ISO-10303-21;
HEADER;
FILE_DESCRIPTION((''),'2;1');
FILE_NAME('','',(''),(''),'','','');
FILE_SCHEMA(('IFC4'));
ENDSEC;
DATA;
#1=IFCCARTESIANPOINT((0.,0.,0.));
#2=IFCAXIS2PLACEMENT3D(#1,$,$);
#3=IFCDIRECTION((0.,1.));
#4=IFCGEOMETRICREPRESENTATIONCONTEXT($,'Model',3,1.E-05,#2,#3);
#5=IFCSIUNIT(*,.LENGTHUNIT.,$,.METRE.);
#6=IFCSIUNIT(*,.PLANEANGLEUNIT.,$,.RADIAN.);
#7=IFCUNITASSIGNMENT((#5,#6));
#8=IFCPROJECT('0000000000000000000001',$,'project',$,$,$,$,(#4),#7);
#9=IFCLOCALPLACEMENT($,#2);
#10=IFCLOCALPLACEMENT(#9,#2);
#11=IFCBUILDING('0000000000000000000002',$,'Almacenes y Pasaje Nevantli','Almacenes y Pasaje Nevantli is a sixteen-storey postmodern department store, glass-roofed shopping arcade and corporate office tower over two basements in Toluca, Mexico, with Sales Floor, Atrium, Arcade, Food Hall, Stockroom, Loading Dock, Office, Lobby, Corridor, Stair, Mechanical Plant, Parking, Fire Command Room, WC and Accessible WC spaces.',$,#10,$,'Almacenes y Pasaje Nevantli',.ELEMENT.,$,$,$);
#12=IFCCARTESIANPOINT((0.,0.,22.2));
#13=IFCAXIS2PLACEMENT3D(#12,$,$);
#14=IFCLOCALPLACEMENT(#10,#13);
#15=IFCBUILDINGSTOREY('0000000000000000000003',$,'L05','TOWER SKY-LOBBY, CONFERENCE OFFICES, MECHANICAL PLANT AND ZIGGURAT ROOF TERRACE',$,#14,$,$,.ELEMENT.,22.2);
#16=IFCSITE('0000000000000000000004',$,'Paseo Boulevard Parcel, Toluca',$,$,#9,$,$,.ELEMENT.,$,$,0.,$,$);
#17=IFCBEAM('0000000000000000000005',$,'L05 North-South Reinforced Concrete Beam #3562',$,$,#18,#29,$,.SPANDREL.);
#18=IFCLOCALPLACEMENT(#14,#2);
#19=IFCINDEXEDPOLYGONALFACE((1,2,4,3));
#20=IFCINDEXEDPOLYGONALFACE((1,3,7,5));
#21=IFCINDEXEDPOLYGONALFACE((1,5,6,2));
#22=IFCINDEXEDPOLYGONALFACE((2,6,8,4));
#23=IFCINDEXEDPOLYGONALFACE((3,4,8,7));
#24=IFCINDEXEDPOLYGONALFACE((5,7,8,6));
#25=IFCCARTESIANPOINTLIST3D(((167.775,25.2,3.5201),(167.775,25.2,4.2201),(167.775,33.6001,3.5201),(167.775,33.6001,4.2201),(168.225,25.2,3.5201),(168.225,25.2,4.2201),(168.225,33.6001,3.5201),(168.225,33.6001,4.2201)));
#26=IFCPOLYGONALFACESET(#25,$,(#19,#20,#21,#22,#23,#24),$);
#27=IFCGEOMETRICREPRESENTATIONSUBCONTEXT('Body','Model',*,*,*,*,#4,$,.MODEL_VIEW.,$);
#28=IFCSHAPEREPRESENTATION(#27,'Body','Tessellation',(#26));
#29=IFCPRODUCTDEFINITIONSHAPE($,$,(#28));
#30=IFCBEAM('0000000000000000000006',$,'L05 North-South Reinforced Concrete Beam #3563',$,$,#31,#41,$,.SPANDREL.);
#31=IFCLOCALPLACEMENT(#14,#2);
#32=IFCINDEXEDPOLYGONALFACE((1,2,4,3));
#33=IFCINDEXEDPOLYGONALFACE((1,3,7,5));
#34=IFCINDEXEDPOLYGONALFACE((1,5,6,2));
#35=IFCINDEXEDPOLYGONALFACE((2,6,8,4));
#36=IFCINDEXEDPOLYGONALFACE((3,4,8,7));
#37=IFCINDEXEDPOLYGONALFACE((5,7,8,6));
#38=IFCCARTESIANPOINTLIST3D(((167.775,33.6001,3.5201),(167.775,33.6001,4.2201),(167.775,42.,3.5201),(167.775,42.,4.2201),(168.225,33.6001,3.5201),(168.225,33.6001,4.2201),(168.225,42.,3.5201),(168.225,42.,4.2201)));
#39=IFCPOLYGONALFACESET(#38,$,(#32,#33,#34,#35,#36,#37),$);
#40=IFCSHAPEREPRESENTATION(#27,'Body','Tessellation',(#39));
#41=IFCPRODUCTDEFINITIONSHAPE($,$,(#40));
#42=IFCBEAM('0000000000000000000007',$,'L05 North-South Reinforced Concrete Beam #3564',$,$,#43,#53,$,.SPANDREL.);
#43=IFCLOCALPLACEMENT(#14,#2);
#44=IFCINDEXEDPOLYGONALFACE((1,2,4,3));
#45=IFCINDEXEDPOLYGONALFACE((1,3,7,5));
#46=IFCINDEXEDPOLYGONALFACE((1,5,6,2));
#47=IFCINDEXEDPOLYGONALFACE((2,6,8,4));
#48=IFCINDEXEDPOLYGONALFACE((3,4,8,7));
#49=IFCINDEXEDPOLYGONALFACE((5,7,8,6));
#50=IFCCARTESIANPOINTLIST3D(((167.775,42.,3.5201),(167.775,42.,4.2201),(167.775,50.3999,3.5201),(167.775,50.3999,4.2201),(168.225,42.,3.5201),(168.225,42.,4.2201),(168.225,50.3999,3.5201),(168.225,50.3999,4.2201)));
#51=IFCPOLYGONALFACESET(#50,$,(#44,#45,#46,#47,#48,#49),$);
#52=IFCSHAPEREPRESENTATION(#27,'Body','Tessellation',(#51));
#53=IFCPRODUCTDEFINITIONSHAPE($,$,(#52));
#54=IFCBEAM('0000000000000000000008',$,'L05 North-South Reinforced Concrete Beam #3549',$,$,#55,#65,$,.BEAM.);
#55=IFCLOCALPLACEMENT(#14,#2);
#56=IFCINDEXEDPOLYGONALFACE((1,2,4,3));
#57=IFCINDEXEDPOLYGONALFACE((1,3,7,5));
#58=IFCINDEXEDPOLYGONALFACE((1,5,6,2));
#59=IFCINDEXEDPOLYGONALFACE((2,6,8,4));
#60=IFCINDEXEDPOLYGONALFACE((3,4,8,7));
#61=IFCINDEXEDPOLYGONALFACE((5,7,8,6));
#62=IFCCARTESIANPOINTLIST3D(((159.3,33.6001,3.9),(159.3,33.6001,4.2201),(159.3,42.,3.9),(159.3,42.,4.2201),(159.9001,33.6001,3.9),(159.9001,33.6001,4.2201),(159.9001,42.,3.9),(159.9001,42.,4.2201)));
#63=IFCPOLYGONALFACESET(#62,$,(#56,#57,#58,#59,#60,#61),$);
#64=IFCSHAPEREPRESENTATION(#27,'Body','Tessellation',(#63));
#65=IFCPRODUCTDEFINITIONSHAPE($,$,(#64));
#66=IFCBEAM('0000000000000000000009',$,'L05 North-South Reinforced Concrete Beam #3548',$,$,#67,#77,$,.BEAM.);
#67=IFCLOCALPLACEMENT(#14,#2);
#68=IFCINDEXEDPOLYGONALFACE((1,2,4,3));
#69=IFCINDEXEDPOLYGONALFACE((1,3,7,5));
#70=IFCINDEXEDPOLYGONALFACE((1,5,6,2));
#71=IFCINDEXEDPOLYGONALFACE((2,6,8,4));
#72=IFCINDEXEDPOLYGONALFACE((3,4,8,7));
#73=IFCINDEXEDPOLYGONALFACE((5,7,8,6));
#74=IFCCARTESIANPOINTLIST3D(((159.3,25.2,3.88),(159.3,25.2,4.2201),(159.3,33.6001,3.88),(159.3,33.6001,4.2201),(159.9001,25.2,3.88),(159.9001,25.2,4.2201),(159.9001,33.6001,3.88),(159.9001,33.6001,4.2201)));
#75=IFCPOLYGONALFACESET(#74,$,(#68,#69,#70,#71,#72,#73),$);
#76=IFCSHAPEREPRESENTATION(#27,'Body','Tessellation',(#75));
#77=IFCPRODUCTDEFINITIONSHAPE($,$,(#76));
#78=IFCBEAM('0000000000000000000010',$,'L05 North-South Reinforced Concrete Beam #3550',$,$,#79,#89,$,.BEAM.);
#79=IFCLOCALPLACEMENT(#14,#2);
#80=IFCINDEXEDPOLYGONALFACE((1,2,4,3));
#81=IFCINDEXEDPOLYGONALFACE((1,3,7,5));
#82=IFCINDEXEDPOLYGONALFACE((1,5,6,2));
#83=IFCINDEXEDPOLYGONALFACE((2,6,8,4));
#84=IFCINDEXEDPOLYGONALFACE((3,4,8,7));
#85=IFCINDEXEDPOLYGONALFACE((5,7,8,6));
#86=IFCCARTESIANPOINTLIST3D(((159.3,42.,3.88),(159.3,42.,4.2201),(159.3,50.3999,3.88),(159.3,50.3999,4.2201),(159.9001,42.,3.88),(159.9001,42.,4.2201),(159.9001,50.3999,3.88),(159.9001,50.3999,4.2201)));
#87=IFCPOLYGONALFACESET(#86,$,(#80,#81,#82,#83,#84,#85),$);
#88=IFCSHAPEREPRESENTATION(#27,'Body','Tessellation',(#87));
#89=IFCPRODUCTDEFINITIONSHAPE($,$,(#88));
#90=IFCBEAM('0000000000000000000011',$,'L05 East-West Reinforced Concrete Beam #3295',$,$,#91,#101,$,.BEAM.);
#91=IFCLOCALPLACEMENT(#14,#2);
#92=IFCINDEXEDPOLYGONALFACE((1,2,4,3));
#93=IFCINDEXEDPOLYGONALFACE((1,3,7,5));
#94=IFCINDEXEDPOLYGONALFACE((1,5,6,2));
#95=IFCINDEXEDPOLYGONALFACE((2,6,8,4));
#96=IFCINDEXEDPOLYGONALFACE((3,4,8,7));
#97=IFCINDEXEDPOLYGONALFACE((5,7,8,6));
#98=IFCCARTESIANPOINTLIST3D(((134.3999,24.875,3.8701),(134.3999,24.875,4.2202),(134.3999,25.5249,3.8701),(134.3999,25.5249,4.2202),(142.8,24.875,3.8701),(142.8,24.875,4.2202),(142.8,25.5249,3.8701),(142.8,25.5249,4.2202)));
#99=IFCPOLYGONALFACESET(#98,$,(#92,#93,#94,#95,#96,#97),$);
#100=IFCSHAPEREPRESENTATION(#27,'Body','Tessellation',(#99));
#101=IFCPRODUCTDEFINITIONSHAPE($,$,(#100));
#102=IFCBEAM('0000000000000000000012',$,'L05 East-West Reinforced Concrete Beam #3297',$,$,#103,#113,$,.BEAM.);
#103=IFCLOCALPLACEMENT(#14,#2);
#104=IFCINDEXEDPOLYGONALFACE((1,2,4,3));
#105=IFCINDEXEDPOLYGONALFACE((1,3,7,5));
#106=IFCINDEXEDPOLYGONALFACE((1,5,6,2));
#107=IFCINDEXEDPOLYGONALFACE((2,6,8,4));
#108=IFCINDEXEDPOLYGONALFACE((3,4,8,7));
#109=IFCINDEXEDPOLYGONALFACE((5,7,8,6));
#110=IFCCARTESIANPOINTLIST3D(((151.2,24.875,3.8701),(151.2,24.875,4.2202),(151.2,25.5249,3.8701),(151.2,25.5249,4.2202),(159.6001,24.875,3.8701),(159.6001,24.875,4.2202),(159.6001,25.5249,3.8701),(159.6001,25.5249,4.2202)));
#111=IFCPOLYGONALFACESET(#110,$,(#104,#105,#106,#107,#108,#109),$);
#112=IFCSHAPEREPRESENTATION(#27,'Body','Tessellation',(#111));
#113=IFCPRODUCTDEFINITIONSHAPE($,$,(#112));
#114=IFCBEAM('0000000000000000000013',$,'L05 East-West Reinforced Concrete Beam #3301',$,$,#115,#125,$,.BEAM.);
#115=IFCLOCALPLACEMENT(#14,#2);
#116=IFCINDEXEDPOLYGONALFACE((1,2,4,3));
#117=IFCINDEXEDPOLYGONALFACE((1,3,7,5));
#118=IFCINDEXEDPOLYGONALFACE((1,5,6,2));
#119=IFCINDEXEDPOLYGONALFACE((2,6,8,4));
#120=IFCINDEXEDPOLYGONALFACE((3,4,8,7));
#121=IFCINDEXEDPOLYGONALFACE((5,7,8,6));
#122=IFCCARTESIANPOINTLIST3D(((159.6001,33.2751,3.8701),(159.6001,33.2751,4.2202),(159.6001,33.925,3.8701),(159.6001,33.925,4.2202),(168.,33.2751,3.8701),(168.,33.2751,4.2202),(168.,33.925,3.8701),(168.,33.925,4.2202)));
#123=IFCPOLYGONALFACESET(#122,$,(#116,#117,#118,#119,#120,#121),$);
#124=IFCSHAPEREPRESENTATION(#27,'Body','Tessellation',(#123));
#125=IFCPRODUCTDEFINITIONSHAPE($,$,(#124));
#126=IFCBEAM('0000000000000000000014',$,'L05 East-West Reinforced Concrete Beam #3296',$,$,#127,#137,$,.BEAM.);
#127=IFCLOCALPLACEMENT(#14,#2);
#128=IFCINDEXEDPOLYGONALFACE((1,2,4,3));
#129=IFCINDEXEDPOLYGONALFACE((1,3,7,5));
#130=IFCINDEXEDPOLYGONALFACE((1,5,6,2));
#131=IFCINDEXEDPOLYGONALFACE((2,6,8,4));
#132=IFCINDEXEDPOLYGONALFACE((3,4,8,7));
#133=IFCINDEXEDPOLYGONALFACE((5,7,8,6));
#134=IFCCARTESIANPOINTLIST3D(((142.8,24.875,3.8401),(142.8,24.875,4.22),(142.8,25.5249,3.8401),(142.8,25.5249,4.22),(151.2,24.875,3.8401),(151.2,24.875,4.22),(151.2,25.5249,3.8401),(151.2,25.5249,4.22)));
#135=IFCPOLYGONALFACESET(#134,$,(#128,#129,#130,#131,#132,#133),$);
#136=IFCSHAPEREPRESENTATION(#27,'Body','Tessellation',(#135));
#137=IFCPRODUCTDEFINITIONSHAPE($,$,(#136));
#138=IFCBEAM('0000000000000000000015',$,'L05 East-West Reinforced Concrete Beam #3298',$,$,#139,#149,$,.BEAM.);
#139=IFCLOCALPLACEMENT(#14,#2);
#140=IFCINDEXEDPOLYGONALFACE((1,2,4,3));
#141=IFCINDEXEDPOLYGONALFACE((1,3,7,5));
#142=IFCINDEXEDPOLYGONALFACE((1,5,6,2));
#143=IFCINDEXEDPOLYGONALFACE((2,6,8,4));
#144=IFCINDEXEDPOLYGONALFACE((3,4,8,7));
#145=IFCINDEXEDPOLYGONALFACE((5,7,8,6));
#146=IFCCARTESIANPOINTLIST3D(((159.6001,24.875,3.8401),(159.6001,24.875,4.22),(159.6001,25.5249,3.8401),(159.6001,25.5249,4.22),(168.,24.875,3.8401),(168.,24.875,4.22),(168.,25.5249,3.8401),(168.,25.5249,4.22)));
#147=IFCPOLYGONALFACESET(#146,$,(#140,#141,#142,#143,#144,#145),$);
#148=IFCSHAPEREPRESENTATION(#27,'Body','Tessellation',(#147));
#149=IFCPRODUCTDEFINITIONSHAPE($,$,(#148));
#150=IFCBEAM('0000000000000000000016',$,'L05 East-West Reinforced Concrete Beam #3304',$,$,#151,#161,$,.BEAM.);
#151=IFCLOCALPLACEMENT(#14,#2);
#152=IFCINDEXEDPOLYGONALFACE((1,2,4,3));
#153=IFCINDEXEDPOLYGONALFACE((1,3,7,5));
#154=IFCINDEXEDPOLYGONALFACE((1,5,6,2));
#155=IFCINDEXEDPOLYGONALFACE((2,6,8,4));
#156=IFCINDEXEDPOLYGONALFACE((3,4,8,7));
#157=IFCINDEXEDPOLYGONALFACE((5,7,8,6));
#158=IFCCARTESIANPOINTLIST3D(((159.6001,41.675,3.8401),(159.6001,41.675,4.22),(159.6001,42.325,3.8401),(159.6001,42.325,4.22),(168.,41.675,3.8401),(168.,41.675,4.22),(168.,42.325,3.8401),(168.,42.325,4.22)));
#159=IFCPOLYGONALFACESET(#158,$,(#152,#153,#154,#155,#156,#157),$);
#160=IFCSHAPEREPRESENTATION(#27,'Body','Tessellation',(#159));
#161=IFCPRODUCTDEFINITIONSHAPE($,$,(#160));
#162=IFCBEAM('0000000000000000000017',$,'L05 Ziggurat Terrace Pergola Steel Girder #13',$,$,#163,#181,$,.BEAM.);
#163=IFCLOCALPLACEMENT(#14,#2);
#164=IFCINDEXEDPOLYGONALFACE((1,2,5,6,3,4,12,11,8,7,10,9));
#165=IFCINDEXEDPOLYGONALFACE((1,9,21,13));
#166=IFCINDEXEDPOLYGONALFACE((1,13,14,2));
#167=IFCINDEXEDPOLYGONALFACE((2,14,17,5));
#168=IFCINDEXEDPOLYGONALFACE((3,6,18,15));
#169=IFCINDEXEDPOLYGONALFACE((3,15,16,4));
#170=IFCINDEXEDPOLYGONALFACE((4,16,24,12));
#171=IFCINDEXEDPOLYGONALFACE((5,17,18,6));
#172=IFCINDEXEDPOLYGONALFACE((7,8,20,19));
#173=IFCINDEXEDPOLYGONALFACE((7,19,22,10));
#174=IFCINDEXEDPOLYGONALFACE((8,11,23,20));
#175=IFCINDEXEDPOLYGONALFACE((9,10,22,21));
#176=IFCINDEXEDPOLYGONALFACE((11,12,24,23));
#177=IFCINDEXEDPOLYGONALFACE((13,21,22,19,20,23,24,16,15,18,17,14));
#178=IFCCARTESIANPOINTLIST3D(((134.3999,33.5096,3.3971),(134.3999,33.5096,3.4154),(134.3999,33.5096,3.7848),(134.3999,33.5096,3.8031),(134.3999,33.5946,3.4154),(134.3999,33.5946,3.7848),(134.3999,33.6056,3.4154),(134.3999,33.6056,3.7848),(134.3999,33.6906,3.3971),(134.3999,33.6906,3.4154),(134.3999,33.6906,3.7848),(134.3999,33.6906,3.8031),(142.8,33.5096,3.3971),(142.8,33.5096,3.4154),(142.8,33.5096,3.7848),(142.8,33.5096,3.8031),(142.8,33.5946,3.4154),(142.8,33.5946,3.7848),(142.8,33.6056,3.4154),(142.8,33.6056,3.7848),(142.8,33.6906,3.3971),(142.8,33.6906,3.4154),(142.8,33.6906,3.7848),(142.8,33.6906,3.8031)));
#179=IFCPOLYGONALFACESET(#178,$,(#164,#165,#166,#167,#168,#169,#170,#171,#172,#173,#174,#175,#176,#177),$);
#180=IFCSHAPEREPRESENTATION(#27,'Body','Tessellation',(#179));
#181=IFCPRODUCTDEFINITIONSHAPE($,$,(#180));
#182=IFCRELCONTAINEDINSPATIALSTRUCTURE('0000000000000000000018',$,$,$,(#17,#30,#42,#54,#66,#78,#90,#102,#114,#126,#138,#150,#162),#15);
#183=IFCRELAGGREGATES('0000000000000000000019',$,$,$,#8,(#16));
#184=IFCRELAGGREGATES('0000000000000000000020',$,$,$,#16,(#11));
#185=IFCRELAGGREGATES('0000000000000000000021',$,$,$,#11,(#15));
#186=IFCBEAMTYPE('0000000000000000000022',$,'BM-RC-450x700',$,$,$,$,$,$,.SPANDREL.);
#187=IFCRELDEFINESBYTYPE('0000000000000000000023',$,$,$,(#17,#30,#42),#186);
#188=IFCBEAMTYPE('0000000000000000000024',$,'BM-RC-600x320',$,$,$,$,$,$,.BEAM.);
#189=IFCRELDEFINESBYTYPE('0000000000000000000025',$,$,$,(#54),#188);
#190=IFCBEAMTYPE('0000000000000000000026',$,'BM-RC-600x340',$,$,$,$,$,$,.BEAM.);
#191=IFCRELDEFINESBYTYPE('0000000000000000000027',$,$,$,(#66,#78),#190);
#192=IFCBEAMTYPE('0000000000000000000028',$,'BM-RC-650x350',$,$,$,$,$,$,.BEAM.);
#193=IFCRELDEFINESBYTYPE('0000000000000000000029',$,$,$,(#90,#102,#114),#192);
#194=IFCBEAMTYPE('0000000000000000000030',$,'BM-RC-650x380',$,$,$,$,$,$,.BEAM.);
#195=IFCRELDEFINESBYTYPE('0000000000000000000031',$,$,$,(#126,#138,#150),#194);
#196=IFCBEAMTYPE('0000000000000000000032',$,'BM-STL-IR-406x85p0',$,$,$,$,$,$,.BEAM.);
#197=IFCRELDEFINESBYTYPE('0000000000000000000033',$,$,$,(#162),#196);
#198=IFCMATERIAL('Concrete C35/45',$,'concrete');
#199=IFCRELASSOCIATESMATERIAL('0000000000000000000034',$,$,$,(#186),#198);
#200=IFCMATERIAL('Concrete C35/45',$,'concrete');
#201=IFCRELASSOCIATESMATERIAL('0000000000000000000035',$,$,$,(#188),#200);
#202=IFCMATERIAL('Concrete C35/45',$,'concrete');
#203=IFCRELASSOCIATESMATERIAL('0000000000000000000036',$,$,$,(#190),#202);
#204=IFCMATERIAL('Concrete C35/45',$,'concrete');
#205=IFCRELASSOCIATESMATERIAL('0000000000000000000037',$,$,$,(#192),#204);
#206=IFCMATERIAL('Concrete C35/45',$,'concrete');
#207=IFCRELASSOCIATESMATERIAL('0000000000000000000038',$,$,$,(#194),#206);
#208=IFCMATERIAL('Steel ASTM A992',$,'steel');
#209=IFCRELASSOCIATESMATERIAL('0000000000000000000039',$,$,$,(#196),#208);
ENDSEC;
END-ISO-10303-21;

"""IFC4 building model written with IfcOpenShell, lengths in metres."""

from ifc_helpers import new_model, si_unit, direction, frame, origin, origin_2d, place, context, subcontext, project, spatial, rectangle, i_section, extrude, material, material_profile, profile_set, type_object, element, save


model = new_model("IFC4")

# Units and contexts
model_context = context("Model", 3, precision=1e-05, world=origin(), true_north=direction((0.0, 1.0)))
body_context = subcontext(model_context, "Body", "Model", "MODEL_VIEW")
ifc_project = project(units=[si_unit("LENGTHUNIT", "METRE"), si_unit("PLANEANGLEUNIT", "RADIAN")], contexts=[model_context])

# Site, building, storey
site_placement = place(None, origin())
site = spatial("IfcSite", under=ifc_project, at=site_placement, Name="Paseo Boulevard Parcel, Toluca", CompositionType="ELEMENT", RefElevation=0.0)
building_placement = place(site_placement, origin())
building = spatial("IfcBuilding", under=site, at=building_placement, Name="Almacenes y Pasaje Nevantli", Description="Almacenes y Pasaje Nevantli is a sixteen-storey postmodern department store, glass-roofed shopping arcade and corporate office tower over two basements in Toluca, Mexico, with Sales Floor, Atrium, Arcade, Food Hall, Stockroom, Loading Dock, Office, Lobby, Corridor, Stair, Mechanical Plant, Parking, Fire Command Room, WC and Accessible WC spaces.", LongName="Almacenes y Pasaje Nevantli", CompositionType="ELEMENT")
storey_placement = place(building_placement, frame((0.0, 0.0, 22.2)))
storey = spatial("IfcBuildingStorey", under=building, at=storey_placement, Name="L05", Description="TOWER SKY-LOBBY, CONFERENCE OFFICES, MECHANICAL PLANT AND ZIGGURAT ROOF TERRACE", CompositionType="ELEMENT", Elevation=22.2)

# Beams
ifc_material_1 = material(Name="Concrete C35/45", Category="concrete")
ifc_material_profile_1 = material_profile(ifc_material_1, rectangle(XDim=0.45, YDim=0.7, at=origin_2d()), Name="RC-BM-450x700")
ifc_profile_set_1 = profile_set([ifc_material_profile_1], Name="Concrete C35/45")
beam_type_1 = type_object("IfcBeamType", Name="BM-RC-450x700", PredefinedType="SPANDREL", material=ifc_profile_set_1)
beam_1_placement = place(storey_placement, frame((168.0, 25.2, 3.8701), z_axis=(0.0, 1.0, 0.0), x_axis=(-1.0, 0.0, 0.0)))
element("IfcBeam", 1, at=beam_1_placement, inside=storey, type_object=beam_type_1, Name="L05 North-South Reinforced Concrete Beam #3562", PredefinedType="SPANDREL", context=body_context, shape_type="SweptSolid", body=[
    extrude(rectangle(XDim=0.45, YDim=0.7, at=origin_2d()), origin(), (0.0, 0.0, 1.0), 8.4001),
])
for number, where, z_axis, x_axis, name in (
    (2, (168.0, 33.6001, 3.8701), (0.0, 1.0, 0.0), (-1.0, 0.0, 0.0), "L05 North-South Reinforced Concrete Beam #3563"),
    (3, (168.0, 42.0, 3.8701), (0.0, 1.0, 0.0), (-1.0, 0.0, 0.0), "L05 North-South Reinforced Concrete Beam #3564"),
):
    element("IfcBeam", number, at=place(storey_placement, frame(where, z_axis=z_axis, x_axis=x_axis)), inside=storey, type_object=beam_type_1, Name=name, PredefinedType="SPANDREL", context=body_context, shape_type="SweptSolid", body=[
        extrude(rectangle(XDim=0.45, YDim=0.7, at=origin_2d()), origin(), (0.0, 0.0, 1.0), 8.3999),
    ])
ifc_material_2 = material(Name="Concrete C35/45", Category="concrete")
ifc_material_profile_2 = material_profile(ifc_material_2, rectangle(XDim=0.6001, YDim=0.3201, at=origin_2d()), Name="RC-BM-600x320")
ifc_profile_set_2 = profile_set([ifc_material_profile_2], Name="Concrete C35/45")
beam_type_2 = type_object("IfcBeamType", Name="BM-RC-600x320", PredefinedType="BEAM", material=ifc_profile_set_2)
beam_2_placement = place(storey_placement, frame((159.6001, 33.6001, 4.0601), z_axis=(0.0, 1.0, 0.0), x_axis=(-1.0, 0.0, 0.0)))
element("IfcBeam", 4, at=beam_2_placement, inside=storey, type_object=beam_type_2, Name="L05 North-South Reinforced Concrete Beam #3549", PredefinedType="BEAM", context=body_context, shape_type="SweptSolid", body=[
    extrude(rectangle(XDim=0.6001, YDim=0.3201, at=origin_2d()), origin(), (0.0, 0.0, 1.0), 8.3999),
])
ifc_material_3 = material(Name="Concrete C35/45", Category="concrete")
ifc_material_profile_3 = material_profile(ifc_material_3, rectangle(XDim=0.6001, YDim=0.3401, at=origin_2d()), Name="RC-BM-600x340")
ifc_profile_set_3 = profile_set([ifc_material_profile_3], Name="Concrete C35/45")
beam_type_3 = type_object("IfcBeamType", Name="BM-RC-600x340", PredefinedType="BEAM", material=ifc_profile_set_3)
beam_3_placement = place(storey_placement, frame((159.6001, 25.2, 4.05), z_axis=(0.0, 1.0, 0.0), x_axis=(-1.0, 0.0, 0.0)))
element("IfcBeam", 5, at=beam_3_placement, inside=storey, type_object=beam_type_3, Name="L05 North-South Reinforced Concrete Beam #3548", PredefinedType="BEAM", context=body_context, shape_type="SweptSolid", body=[
    extrude(rectangle(XDim=0.6001, YDim=0.3401, at=origin_2d()), origin(), (0.0, 0.0, 1.0), 8.4001),
])
beam_4_placement = place(storey_placement, frame((159.6001, 42.0, 4.05), z_axis=(0.0, 1.0, 0.0), x_axis=(-1.0, 0.0, 0.0)))
element("IfcBeam", 6, at=beam_4_placement, inside=storey, type_object=beam_type_3, Name="L05 North-South Reinforced Concrete Beam #3550", PredefinedType="BEAM", context=body_context, shape_type="SweptSolid", body=[
    extrude(rectangle(XDim=0.6001, YDim=0.3401, at=origin_2d()), origin(), (0.0, 0.0, 1.0), 8.3999),
])
ifc_material_4 = material(Name="Concrete C35/45", Category="concrete")
ifc_material_profile_4 = material_profile(ifc_material_4, rectangle(XDim=0.6499, YDim=0.3501, at=origin_2d()), Name="RC-BM-650x350")
ifc_profile_set_4 = profile_set([ifc_material_profile_4], Name="Concrete C35/45")
beam_type_4 = type_object("IfcBeamType", Name="BM-RC-650x350", PredefinedType="BEAM", material=ifc_profile_set_4)
for number, where, z_axis, x_axis, name in (
    (7, (134.3999, 25.2, 4.0452), (1.0, 0.0, 0.0), (0.0, 1.0, 0.0), "L05 East-West Reinforced Concrete Beam #3295"),
    (8, (151.2, 25.2, 4.0452), (1.0, 0.0, 0.0), (0.0, 1.0, 0.0), "L05 East-West Reinforced Concrete Beam #3297"),
):
    element("IfcBeam", number, at=place(storey_placement, frame(where, z_axis=z_axis, x_axis=x_axis)), inside=storey, type_object=beam_type_4, Name=name, PredefinedType="BEAM", context=body_context, shape_type="SweptSolid", body=[
        extrude(rectangle(XDim=0.6499, YDim=0.3501, at=origin_2d()), origin(), (0.0, 0.0, 1.0), 8.4001),
    ])
beam_5_placement = place(storey_placement, frame((159.6001, 33.6001, 4.0452), z_axis=(1.0, 0.0, 0.0), x_axis=(0.0, 1.0, 0.0)))
element("IfcBeam", 9, at=beam_5_placement, inside=storey, type_object=beam_type_4, Name="L05 East-West Reinforced Concrete Beam #3301", PredefinedType="BEAM", context=body_context, shape_type="SweptSolid", body=[
    extrude(rectangle(XDim=0.6499, YDim=0.3501, at=origin_2d()), origin(), (0.0, 0.0, 1.0), 8.3999),
])
ifc_material_5 = material(Name="Concrete C35/45", Category="concrete")
ifc_material_profile_5 = material_profile(ifc_material_5, rectangle(XDim=0.6499, YDim=0.3799, at=origin_2d()), Name="RC-BM-650x380")
ifc_profile_set_5 = profile_set([ifc_material_profile_5], Name="Concrete C35/45")
beam_type_5 = type_object("IfcBeamType", Name="BM-RC-650x380", PredefinedType="BEAM", material=ifc_profile_set_5)
for number, where, z_axis, x_axis, name in (
    (10, (142.8, 25.2, 4.03), (1.0, 0.0, 0.0), (0.0, 1.0, 0.0), "L05 East-West Reinforced Concrete Beam #3296"),
    (11, (159.6001, 25.2, 4.03), (1.0, 0.0, 0.0), (0.0, 1.0, 0.0), "L05 East-West Reinforced Concrete Beam #3298"),
    (12, (159.6001, 42.0, 4.03), (1.0, 0.0, 0.0), (0.0, 1.0, 0.0), "L05 East-West Reinforced Concrete Beam #3304"),
):
    element("IfcBeam", number, at=place(storey_placement, frame(where, z_axis=z_axis, x_axis=x_axis)), inside=storey, type_object=beam_type_5, Name=name, PredefinedType="BEAM", context=body_context, shape_type="SweptSolid", body=[
        extrude(rectangle(XDim=0.6499, YDim=0.3799, at=origin_2d()), origin(), (0.0, 0.0, 1.0), 8.3999),
    ])
ifc_material_6 = material(Name="Steel ASTM A992", Category="steel")
ifc_material_profile_6 = material_profile(ifc_material_6, i_section(OverallWidth=0.1809, OverallDepth=0.406, WebThickness=0.011, FlangeThickness=0.0183, at=origin_2d()), Name="IR 406x85.0")
ifc_profile_set_6 = profile_set([ifc_material_profile_6], Name="Steel ASTM A992")
beam_type_6 = type_object("IfcBeamType", Name="BM-STL-IR-406x85p0", PredefinedType="BEAM", material=ifc_profile_set_6)
for number, where, z_axis, x_axis, name in (
    (13, (134.3999, 33.6001, 3.6001), (1.0, 0.0, 0.0), (0.0, 1.0, 0.0), "L05 Ziggurat Terrace Pergola Steel Girder #13"),
):
    element("IfcBeam", number, at=place(storey_placement, frame(where, z_axis=z_axis, x_axis=x_axis)), inside=storey, type_object=beam_type_6, Name=name, PredefinedType="BEAM", context=body_context, shape_type="SweptSolid", body=[
        extrude(i_section(OverallWidth=0.1809, OverallDepth=0.406, WebThickness=0.011, FlangeThickness=0.0183, at=origin_2d()), origin(), (0.0, 0.0, 1.0), 8.4001),
    ])

save(model, "model.ifc")
